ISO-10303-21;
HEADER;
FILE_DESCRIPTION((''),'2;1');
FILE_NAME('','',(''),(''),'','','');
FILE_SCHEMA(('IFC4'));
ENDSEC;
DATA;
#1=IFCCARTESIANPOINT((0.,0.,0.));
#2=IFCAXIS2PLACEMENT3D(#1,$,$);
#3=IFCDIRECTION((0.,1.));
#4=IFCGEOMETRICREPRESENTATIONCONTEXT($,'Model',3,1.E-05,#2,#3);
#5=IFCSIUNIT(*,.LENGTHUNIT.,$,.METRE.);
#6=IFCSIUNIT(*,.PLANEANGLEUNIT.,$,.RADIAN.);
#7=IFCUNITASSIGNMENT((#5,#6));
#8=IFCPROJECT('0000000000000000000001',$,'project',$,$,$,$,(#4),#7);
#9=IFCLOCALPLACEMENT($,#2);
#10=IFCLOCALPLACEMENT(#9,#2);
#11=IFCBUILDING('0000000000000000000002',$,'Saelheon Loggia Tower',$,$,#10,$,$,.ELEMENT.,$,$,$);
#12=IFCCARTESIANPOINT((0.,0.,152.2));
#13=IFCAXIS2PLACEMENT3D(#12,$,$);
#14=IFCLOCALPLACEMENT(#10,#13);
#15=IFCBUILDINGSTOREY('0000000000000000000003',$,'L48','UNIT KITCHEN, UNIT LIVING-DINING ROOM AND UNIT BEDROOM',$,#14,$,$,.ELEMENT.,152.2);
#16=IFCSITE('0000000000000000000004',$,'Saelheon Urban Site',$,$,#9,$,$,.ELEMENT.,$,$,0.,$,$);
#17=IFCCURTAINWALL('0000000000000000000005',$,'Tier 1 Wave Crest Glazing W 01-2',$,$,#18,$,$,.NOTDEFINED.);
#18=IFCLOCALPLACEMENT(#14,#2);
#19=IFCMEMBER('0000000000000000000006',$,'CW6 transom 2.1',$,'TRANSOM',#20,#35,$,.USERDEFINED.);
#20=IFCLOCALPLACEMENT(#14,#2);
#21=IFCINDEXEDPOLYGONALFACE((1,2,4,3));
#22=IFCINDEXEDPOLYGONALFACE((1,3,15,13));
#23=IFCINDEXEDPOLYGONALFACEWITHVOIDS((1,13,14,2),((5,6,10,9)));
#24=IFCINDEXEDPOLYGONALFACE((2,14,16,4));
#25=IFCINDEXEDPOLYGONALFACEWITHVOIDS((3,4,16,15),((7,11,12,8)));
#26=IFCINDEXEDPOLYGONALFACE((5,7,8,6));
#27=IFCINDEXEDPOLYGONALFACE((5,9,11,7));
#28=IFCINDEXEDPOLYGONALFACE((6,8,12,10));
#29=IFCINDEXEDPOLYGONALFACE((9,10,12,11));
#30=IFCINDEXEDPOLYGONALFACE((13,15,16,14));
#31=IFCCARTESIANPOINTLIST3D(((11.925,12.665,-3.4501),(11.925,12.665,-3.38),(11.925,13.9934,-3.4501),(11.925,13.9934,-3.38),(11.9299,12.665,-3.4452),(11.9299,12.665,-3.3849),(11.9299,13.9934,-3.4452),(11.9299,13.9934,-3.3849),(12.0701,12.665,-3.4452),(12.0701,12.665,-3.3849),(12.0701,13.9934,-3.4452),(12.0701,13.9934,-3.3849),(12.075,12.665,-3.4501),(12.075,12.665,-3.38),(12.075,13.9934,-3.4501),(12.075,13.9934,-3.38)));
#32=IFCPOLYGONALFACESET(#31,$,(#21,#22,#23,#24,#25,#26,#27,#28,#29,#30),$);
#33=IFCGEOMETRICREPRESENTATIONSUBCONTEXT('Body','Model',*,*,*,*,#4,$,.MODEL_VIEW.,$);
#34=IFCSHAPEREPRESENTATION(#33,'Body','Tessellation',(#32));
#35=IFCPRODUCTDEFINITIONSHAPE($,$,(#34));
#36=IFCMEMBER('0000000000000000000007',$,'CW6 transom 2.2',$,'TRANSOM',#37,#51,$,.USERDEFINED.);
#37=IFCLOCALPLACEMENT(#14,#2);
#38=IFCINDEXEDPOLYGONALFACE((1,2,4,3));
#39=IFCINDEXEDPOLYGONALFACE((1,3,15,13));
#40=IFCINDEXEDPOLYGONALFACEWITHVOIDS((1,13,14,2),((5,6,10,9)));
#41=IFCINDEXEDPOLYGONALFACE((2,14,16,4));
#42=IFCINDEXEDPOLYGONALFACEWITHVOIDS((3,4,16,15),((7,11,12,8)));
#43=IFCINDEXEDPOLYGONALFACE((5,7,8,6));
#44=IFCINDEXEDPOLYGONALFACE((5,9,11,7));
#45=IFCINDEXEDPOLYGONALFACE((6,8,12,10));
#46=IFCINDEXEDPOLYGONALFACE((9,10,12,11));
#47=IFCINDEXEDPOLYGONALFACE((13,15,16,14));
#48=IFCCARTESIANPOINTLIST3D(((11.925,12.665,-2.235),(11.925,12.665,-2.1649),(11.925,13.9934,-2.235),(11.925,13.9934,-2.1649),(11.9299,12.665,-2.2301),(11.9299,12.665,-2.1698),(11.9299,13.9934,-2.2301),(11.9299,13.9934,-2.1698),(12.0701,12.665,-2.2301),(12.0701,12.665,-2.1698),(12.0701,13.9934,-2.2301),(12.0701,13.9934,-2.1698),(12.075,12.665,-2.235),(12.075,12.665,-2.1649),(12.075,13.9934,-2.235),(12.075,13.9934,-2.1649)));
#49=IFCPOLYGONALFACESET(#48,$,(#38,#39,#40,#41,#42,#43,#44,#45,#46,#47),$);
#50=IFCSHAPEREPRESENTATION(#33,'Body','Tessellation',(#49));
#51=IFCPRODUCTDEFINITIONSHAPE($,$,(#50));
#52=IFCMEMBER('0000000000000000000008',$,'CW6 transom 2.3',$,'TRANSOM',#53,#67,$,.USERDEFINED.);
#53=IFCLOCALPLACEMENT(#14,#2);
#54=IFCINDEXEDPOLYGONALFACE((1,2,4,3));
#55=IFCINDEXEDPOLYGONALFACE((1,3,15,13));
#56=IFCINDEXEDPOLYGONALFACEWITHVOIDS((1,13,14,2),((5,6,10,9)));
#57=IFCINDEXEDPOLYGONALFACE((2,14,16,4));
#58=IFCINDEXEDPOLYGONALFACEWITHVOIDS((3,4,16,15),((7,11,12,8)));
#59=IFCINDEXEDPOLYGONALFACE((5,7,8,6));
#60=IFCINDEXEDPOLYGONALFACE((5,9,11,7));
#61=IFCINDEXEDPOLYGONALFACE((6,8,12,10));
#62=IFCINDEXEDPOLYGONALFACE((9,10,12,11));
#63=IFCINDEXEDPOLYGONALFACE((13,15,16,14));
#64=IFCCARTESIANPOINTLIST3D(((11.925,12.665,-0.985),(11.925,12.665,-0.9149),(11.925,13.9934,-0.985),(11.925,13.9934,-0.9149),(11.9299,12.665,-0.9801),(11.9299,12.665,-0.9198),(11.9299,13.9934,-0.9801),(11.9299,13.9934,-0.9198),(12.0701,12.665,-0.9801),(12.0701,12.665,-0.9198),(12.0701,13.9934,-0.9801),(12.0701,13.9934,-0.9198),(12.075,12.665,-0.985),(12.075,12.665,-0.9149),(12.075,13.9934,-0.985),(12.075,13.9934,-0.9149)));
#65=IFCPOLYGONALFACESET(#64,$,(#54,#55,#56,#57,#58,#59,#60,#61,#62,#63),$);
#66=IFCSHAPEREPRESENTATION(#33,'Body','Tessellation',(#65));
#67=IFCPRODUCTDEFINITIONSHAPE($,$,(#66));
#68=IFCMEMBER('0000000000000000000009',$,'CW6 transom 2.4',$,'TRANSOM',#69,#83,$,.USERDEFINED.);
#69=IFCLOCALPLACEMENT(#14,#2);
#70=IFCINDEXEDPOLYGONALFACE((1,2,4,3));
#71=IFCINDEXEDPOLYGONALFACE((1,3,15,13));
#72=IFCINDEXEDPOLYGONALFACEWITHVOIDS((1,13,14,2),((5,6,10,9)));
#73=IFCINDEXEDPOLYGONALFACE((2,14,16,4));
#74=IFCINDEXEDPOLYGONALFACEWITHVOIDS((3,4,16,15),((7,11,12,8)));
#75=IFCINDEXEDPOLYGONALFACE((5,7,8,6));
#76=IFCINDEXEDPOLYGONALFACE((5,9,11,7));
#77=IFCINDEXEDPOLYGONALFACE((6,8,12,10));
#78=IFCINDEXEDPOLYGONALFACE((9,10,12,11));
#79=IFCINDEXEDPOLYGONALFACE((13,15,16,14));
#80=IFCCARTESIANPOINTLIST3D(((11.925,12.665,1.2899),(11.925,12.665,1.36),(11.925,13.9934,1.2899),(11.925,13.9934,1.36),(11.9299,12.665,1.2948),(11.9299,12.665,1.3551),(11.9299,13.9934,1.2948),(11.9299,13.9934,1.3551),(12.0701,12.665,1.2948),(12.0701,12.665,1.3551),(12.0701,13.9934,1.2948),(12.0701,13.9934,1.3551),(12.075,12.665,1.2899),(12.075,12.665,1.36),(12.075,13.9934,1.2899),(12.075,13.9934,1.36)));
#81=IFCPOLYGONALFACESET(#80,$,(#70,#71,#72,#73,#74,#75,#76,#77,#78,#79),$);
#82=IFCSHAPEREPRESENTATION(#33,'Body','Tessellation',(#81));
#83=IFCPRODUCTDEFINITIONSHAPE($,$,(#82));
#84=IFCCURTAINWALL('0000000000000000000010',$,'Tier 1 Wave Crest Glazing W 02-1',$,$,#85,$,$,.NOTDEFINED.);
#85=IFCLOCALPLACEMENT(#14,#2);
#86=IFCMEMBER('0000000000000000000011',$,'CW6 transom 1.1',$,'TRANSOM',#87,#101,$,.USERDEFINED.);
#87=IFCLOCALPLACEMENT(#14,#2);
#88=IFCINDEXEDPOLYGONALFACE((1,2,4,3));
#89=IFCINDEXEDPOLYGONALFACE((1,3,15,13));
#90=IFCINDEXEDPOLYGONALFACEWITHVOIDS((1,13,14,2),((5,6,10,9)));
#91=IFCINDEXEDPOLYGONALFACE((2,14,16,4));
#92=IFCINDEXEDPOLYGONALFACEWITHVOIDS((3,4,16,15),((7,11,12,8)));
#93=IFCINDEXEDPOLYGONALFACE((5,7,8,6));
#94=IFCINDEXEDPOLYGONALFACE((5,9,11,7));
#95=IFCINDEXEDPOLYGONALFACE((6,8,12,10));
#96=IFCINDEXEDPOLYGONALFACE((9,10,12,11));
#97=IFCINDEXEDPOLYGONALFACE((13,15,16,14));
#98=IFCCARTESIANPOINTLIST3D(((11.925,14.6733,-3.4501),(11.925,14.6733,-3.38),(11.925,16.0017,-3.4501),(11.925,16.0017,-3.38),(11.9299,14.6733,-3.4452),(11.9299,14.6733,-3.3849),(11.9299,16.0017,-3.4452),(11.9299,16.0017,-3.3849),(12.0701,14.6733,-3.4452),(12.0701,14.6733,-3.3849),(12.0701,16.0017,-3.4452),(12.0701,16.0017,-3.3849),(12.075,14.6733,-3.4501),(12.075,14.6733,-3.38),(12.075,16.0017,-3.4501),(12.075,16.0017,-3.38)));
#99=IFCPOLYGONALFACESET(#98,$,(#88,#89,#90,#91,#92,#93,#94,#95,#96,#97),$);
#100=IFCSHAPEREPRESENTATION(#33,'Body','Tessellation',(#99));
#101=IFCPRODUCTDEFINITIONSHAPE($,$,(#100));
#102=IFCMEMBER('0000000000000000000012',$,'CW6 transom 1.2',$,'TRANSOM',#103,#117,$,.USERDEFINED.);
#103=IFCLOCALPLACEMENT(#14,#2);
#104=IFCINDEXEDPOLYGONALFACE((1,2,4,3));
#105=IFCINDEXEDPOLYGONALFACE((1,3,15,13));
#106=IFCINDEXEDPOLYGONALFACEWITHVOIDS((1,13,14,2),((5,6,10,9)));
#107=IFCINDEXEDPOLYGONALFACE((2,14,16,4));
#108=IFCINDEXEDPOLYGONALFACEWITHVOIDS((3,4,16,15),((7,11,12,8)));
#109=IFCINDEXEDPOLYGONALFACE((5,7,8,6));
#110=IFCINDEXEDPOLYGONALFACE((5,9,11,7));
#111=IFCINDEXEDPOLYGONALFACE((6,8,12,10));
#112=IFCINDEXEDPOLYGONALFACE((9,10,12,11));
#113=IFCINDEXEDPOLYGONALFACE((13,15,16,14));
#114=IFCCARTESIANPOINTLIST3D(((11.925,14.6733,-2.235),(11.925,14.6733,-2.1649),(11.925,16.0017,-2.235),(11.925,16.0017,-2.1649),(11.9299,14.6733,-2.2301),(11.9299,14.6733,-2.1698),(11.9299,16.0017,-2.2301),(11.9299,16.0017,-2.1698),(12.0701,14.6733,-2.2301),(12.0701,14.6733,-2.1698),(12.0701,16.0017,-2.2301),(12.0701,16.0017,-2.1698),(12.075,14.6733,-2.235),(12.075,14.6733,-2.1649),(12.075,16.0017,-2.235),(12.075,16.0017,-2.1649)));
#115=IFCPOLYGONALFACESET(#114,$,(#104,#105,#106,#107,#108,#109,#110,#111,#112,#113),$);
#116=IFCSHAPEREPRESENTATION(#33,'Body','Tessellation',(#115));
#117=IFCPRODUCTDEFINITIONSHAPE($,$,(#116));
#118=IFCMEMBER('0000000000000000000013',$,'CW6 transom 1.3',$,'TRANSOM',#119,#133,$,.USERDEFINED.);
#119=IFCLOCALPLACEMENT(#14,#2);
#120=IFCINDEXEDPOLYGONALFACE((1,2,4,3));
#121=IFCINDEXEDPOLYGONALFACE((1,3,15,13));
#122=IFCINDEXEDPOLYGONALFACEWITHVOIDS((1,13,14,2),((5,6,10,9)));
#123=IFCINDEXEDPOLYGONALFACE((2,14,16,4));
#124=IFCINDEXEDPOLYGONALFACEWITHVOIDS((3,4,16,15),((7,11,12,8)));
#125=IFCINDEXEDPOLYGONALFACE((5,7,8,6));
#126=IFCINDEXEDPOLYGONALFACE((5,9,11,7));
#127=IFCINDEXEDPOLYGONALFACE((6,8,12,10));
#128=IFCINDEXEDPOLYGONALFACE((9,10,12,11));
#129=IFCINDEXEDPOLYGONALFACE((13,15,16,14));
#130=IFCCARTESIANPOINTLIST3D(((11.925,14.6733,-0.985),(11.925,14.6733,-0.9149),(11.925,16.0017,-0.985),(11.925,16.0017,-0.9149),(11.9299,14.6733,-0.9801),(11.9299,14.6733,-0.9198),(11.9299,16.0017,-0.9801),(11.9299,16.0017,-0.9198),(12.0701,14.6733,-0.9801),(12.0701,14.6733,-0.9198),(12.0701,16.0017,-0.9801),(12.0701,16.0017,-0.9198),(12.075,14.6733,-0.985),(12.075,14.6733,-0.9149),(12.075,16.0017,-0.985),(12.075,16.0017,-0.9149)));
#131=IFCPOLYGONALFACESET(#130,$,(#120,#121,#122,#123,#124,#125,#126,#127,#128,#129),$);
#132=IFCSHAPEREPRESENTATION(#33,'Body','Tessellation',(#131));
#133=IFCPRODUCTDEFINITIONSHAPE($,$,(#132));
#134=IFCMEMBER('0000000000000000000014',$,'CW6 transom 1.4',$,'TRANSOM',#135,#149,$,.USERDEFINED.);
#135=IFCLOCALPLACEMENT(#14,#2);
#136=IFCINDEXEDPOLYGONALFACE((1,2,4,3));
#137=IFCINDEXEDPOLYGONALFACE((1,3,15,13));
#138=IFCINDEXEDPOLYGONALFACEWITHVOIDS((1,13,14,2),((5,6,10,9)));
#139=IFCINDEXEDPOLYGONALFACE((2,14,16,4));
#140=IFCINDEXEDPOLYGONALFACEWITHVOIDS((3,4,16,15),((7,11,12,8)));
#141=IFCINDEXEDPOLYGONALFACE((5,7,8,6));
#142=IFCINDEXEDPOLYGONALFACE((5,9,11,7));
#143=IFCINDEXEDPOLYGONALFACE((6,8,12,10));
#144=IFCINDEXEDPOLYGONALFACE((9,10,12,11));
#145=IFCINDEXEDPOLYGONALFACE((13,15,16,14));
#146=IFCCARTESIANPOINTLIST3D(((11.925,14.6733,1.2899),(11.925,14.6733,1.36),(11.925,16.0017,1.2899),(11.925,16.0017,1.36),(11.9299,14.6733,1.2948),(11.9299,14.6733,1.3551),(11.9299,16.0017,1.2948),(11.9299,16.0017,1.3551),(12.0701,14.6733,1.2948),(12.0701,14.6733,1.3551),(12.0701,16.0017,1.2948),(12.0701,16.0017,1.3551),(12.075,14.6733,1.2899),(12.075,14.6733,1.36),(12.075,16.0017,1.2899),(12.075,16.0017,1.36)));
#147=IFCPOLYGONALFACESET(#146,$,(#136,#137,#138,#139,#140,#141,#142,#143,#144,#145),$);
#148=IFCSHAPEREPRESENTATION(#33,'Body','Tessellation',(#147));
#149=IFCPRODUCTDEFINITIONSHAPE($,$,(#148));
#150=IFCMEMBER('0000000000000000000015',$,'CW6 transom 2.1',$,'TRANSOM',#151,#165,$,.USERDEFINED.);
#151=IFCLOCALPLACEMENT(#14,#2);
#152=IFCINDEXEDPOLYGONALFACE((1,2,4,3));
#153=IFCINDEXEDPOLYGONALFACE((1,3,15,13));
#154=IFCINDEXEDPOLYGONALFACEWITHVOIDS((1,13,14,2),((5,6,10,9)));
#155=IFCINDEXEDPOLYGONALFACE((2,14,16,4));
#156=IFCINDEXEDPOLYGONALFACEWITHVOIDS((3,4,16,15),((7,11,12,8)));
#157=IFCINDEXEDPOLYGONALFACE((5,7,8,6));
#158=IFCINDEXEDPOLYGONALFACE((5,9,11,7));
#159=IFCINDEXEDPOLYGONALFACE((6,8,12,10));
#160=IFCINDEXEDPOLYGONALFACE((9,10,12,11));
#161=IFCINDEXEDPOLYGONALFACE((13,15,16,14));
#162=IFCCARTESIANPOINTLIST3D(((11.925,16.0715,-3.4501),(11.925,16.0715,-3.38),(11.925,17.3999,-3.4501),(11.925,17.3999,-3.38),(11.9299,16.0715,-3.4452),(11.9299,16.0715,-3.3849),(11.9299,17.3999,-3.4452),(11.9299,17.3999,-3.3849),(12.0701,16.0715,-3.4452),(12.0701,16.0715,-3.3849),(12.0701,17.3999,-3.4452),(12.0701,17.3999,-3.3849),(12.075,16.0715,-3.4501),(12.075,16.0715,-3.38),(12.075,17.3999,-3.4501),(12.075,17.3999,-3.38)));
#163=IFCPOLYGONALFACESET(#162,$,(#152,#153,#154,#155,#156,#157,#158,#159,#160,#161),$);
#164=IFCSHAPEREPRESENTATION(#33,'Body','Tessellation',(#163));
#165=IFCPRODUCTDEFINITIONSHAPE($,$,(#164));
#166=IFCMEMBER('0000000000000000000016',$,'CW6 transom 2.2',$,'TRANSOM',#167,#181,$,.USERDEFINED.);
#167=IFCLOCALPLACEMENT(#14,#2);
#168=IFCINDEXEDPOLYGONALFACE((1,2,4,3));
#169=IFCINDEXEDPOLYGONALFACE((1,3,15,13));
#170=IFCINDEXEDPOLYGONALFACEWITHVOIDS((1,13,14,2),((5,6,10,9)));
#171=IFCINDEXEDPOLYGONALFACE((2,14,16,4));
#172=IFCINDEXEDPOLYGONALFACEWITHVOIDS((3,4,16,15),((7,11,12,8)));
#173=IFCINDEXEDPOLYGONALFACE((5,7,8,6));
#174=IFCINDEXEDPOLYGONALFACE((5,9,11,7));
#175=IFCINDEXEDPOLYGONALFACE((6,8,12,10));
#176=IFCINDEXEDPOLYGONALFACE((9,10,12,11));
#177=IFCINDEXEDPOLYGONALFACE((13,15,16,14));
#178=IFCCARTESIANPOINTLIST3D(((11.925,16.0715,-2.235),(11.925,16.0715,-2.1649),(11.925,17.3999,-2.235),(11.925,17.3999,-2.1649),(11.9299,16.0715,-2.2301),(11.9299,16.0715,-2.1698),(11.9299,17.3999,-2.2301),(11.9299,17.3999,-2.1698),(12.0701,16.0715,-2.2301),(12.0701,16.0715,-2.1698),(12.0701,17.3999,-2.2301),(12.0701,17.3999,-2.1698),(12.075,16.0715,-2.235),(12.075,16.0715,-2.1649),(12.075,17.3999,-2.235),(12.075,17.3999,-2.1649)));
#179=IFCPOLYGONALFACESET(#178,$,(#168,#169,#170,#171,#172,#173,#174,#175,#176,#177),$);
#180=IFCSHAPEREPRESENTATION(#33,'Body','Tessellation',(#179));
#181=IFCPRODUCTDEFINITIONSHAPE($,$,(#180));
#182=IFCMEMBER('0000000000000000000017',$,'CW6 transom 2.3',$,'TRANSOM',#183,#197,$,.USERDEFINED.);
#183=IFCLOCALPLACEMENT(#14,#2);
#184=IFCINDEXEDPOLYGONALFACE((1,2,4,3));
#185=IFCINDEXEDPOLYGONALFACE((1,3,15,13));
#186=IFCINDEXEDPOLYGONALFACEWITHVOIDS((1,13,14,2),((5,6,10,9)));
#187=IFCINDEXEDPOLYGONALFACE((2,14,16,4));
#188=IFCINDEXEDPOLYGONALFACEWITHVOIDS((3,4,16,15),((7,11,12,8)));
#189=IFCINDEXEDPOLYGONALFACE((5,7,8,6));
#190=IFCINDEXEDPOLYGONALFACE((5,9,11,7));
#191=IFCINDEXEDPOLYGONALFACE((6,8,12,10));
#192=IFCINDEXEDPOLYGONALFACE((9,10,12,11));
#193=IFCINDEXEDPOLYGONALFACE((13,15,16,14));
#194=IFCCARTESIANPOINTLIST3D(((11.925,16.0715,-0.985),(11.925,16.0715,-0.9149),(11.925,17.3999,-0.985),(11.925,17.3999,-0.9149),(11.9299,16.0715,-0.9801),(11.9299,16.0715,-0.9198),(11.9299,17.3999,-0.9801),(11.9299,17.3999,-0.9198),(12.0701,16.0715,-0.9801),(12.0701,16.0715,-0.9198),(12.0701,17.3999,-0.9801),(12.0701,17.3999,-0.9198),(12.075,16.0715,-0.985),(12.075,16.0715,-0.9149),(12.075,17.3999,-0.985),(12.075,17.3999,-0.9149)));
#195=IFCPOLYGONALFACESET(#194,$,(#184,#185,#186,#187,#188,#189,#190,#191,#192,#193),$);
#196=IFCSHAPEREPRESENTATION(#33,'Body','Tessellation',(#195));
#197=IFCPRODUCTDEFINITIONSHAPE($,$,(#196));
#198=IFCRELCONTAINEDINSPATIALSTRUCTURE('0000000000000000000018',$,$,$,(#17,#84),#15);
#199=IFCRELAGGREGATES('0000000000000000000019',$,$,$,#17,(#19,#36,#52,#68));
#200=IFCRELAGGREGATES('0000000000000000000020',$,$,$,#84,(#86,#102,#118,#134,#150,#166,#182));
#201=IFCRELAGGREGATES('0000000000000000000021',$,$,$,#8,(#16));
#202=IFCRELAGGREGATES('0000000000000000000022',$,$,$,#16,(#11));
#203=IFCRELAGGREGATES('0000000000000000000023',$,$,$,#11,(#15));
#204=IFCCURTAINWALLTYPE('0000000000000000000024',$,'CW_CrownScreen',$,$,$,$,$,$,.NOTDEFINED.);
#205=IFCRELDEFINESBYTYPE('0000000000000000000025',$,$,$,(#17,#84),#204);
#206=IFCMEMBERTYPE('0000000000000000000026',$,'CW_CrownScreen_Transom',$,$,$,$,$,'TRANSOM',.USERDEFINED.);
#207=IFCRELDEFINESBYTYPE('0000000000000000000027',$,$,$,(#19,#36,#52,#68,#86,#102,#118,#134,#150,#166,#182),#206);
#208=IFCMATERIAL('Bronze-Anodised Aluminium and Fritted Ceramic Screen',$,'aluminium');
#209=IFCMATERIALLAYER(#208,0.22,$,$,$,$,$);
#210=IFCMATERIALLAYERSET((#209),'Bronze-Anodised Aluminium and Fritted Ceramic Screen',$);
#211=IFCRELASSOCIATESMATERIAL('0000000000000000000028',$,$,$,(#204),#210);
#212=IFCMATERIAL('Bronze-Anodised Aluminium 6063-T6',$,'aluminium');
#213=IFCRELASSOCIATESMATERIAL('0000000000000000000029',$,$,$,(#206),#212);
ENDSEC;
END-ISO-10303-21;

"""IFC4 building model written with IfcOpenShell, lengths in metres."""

from ifc_helpers import new_model, si_unit, direction, frame, origin, origin_2d, place, context, subcontext, project, spatial, hollow_rectangle, extrude, source, transform, mapped, material, layer, layer_set, material_profile, profile_set, type_object, element, aggregate, save


model = new_model("IFC4")

# Units and contexts
model_context = context("Model", 3, precision=1e-05, world=origin(), true_north=direction((0.0, 1.0)))
body_context = subcontext(model_context, "Body", "Model", "MODEL_VIEW")
ifc_project = project(units=[si_unit("LENGTHUNIT", "METRE"), si_unit("PLANEANGLEUNIT", "RADIAN")], contexts=[model_context])

# Site, building, storey
site_placement = place(None, origin())
site = spatial("IfcSite", under=ifc_project, at=site_placement, Name="Saelheon Urban Site", CompositionType="ELEMENT", RefElevation=0.0)
building_placement = place(site_placement, origin())
building = spatial("IfcBuilding", under=site, at=building_placement, Name="Saelheon Loggia Tower", CompositionType="ELEMENT")
storey_placement = place(building_placement, frame((0.0, 0.0, 152.2)))
storey = spatial("IfcBuildingStorey", under=building, at=storey_placement, Name="L48", Description="UNIT KITCHEN, UNIT LIVING-DINING ROOM AND UNIT BEDROOM", CompositionType="ELEMENT", Elevation=152.2)

# Shared definitions
ifc_material_1 = material(Name="Bronze-Anodised Aluminium and Fritted Ceramic Screen", Category="aluminium")
ifc_layer_1 = layer(ifc_material_1, 0.22)
ifc_layer_set_1 = layer_set([ifc_layer_1], Name="Bronze-Anodised Aluminium and Fritted Ceramic Screen")
curtain_wall_type = type_object("IfcCurtainWallType", Name="CW_CrownScreen", PredefinedType="NOTDEFINED", material=ifc_layer_set_1)
ifc_material_2 = material(Name="Bronze-Anodised Aluminium 6063-T6", Category="aluminium")

# Curtain walls, members
curtain_wall_1_placement = place(storey_placement, origin())
curtain_wall_1 = element("IfcCurtainWall", 1, at=curtain_wall_1_placement, inside=storey, type_object=curtain_wall_type, Name="Tier 1 Wave Crest Glazing W 01-2", PredefinedType="NOTDEFINED")
ifc_material_profile_1 = material_profile(ifc_material_2, hollow_rectangle(XDim=0.0701, YDim=0.1499, WallThickness=0.0049, at=origin_2d()), Name="RHS-150x70x5")
ifc_profile_set_1 = profile_set([ifc_material_profile_1], Name="Bronze-Anodised Aluminium 6063-T6")
member_type_1 = type_object("IfcMemberType", Name="CW_CrownScreen_Transom", ElementType="TRANSOM", PredefinedType="USERDEFINED", material=ifc_profile_set_1)
shared_shape_1 = source(origin(), body_context, "Body", "SweptSolid", [
    extrude(hollow_rectangle(XDim=0.0701, YDim=0.1499, WallThickness=0.0049, at=origin_2d()), origin(), (0.0, 0.0, 1.0), 1.3284),
])
member_1_placement = place(storey_placement, frame((12.0, 12.665, -3.415), z_axis=(0.0, 1.0, 0.0), x_axis=(0.0, 0.0, 1.0)))
member_1 = element("IfcMember", 2, at=member_1_placement, type_object=member_type_1, Name="CW6 transom 2.1", ObjectType="TRANSOM", PredefinedType="USERDEFINED", context=body_context, shape_type="MappedRepresentation", body=[
    mapped(shared_shape_1, transform((0.0, 0.0, 0.0), scale=1.0)),
])
member_2_placement = place(storey_placement, frame((12.0, 12.665, -2.2), z_axis=(0.0, 1.0, 0.0), x_axis=(0.0, 0.0, 1.0)))
member_2 = element("IfcMember", 3, at=member_2_placement, type_object=member_type_1, Name="CW6 transom 2.2", ObjectType="TRANSOM", PredefinedType="USERDEFINED", context=body_context, shape_type="MappedRepresentation", body=[
    mapped(shared_shape_1, transform((0.0, 0.0, 0.0), scale=1.0)),
])
member_3_placement = place(storey_placement, frame((12.0, 12.665, -0.95), z_axis=(0.0, 1.0, 0.0), x_axis=(0.0, 0.0, 1.0)))
member_3 = element("IfcMember", 4, at=member_3_placement, type_object=member_type_1, Name="CW6 transom 2.3", ObjectType="TRANSOM", PredefinedType="USERDEFINED", context=body_context, shape_type="MappedRepresentation", body=[
    mapped(shared_shape_1, transform((0.0, 0.0, 0.0), scale=1.0)),
])
member_4_placement = place(storey_placement, frame((12.0, 12.665, 1.325), z_axis=(0.0, 1.0, 0.0), x_axis=(0.0, 0.0, 1.0)))
member_4 = element("IfcMember", 5, at=member_4_placement, type_object=member_type_1, Name="CW6 transom 2.4", ObjectType="TRANSOM", PredefinedType="USERDEFINED", context=body_context, shape_type="MappedRepresentation", body=[
    mapped(shared_shape_1, transform((0.0, 0.0, 0.0), scale=1.0)),
])
curtain_wall_2_placement = place(storey_placement, origin())
curtain_wall_2 = element("IfcCurtainWall", 6, at=curtain_wall_2_placement, inside=storey, type_object=curtain_wall_type, Name="Tier 1 Wave Crest Glazing W 02-1", PredefinedType="NOTDEFINED")
member_5_placement = place(storey_placement, frame((12.0, 14.6733, -3.415), z_axis=(0.0, 1.0, 0.0), x_axis=(0.0, 0.0, 1.0)))
member_5 = element("IfcMember", 7, at=member_5_placement, type_object=member_type_1, Name="CW6 transom 1.1", ObjectType="TRANSOM", PredefinedType="USERDEFINED", context=body_context, shape_type="MappedRepresentation", body=[
    mapped(shared_shape_1, transform((0.0, 0.0, 0.0), scale=1.0)),
])
member_6_placement = place(storey_placement, frame((12.0, 14.6733, -2.2), z_axis=(0.0, 1.0, 0.0), x_axis=(0.0, 0.0, 1.0)))
member_6 = element("IfcMember", 8, at=member_6_placement, type_object=member_type_1, Name="CW6 transom 1.2", ObjectType="TRANSOM", PredefinedType="USERDEFINED", context=body_context, shape_type="MappedRepresentation", body=[
    mapped(shared_shape_1, transform((0.0, 0.0, 0.0), scale=1.0)),
])
member_7_placement = place(storey_placement, frame((12.0, 14.6733, -0.95), z_axis=(0.0, 1.0, 0.0), x_axis=(0.0, 0.0, 1.0)))
member_7 = element("IfcMember", 9, at=member_7_placement, type_object=member_type_1, Name="CW6 transom 1.3", ObjectType="TRANSOM", PredefinedType="USERDEFINED", context=body_context, shape_type="MappedRepresentation", body=[
    mapped(shared_shape_1, transform((0.0, 0.0, 0.0), scale=1.0)),
])
member_8_placement = place(storey_placement, frame((12.0, 14.6733, 1.325), z_axis=(0.0, 1.0, 0.0), x_axis=(0.0, 0.0, 1.0)))
member_8 = element("IfcMember", 10, at=member_8_placement, type_object=member_type_1, Name="CW6 transom 1.4", ObjectType="TRANSOM", PredefinedType="USERDEFINED", context=body_context, shape_type="MappedRepresentation", body=[
    mapped(shared_shape_1, transform((0.0, 0.0, 0.0), scale=1.0)),
])
member_9_placement = place(storey_placement, frame((12.0, 16.0715, -3.415), z_axis=(0.0, 1.0, 0.0), x_axis=(0.0, 0.0, 1.0)))
member_9 = element("IfcMember", 11, at=member_9_placement, type_object=member_type_1, Name="CW6 transom 2.1", ObjectType="TRANSOM", PredefinedType="USERDEFINED", context=body_context, shape_type="MappedRepresentation", body=[
    mapped(shared_shape_1, transform((0.0, 0.0, 0.0), scale=1.0)),
])
member_10_placement = place(storey_placement, frame((12.0, 16.0715, -2.2), z_axis=(0.0, 1.0, 0.0), x_axis=(0.0, 0.0, 1.0)))
member_10 = element("IfcMember", 12, at=member_10_placement, type_object=member_type_1, Name="CW6 transom 2.2", ObjectType="TRANSOM", PredefinedType="USERDEFINED", context=body_context, shape_type="MappedRepresentation", body=[
    mapped(shared_shape_1, transform((0.0, 0.0, 0.0), scale=1.0)),
])
member_11_placement = place(storey_placement, frame((12.0, 16.0715, -0.95), z_axis=(0.0, 1.0, 0.0), x_axis=(0.0, 0.0, 1.0)))
member_11 = element("IfcMember", 13, at=member_11_placement, type_object=member_type_1, Name="CW6 transom 2.3", ObjectType="TRANSOM", PredefinedType="USERDEFINED", context=body_context, shape_type="MappedRepresentation", body=[
    mapped(shared_shape_1, transform((0.0, 0.0, 0.0), scale=1.0)),
])

aggregate(curtain_wall_1, [member_1, member_2, member_3, member_4])
aggregate(curtain_wall_2, [member_5, member_6, member_7, member_8, member_9, member_10, member_11])

save(model, "model.ifc")
